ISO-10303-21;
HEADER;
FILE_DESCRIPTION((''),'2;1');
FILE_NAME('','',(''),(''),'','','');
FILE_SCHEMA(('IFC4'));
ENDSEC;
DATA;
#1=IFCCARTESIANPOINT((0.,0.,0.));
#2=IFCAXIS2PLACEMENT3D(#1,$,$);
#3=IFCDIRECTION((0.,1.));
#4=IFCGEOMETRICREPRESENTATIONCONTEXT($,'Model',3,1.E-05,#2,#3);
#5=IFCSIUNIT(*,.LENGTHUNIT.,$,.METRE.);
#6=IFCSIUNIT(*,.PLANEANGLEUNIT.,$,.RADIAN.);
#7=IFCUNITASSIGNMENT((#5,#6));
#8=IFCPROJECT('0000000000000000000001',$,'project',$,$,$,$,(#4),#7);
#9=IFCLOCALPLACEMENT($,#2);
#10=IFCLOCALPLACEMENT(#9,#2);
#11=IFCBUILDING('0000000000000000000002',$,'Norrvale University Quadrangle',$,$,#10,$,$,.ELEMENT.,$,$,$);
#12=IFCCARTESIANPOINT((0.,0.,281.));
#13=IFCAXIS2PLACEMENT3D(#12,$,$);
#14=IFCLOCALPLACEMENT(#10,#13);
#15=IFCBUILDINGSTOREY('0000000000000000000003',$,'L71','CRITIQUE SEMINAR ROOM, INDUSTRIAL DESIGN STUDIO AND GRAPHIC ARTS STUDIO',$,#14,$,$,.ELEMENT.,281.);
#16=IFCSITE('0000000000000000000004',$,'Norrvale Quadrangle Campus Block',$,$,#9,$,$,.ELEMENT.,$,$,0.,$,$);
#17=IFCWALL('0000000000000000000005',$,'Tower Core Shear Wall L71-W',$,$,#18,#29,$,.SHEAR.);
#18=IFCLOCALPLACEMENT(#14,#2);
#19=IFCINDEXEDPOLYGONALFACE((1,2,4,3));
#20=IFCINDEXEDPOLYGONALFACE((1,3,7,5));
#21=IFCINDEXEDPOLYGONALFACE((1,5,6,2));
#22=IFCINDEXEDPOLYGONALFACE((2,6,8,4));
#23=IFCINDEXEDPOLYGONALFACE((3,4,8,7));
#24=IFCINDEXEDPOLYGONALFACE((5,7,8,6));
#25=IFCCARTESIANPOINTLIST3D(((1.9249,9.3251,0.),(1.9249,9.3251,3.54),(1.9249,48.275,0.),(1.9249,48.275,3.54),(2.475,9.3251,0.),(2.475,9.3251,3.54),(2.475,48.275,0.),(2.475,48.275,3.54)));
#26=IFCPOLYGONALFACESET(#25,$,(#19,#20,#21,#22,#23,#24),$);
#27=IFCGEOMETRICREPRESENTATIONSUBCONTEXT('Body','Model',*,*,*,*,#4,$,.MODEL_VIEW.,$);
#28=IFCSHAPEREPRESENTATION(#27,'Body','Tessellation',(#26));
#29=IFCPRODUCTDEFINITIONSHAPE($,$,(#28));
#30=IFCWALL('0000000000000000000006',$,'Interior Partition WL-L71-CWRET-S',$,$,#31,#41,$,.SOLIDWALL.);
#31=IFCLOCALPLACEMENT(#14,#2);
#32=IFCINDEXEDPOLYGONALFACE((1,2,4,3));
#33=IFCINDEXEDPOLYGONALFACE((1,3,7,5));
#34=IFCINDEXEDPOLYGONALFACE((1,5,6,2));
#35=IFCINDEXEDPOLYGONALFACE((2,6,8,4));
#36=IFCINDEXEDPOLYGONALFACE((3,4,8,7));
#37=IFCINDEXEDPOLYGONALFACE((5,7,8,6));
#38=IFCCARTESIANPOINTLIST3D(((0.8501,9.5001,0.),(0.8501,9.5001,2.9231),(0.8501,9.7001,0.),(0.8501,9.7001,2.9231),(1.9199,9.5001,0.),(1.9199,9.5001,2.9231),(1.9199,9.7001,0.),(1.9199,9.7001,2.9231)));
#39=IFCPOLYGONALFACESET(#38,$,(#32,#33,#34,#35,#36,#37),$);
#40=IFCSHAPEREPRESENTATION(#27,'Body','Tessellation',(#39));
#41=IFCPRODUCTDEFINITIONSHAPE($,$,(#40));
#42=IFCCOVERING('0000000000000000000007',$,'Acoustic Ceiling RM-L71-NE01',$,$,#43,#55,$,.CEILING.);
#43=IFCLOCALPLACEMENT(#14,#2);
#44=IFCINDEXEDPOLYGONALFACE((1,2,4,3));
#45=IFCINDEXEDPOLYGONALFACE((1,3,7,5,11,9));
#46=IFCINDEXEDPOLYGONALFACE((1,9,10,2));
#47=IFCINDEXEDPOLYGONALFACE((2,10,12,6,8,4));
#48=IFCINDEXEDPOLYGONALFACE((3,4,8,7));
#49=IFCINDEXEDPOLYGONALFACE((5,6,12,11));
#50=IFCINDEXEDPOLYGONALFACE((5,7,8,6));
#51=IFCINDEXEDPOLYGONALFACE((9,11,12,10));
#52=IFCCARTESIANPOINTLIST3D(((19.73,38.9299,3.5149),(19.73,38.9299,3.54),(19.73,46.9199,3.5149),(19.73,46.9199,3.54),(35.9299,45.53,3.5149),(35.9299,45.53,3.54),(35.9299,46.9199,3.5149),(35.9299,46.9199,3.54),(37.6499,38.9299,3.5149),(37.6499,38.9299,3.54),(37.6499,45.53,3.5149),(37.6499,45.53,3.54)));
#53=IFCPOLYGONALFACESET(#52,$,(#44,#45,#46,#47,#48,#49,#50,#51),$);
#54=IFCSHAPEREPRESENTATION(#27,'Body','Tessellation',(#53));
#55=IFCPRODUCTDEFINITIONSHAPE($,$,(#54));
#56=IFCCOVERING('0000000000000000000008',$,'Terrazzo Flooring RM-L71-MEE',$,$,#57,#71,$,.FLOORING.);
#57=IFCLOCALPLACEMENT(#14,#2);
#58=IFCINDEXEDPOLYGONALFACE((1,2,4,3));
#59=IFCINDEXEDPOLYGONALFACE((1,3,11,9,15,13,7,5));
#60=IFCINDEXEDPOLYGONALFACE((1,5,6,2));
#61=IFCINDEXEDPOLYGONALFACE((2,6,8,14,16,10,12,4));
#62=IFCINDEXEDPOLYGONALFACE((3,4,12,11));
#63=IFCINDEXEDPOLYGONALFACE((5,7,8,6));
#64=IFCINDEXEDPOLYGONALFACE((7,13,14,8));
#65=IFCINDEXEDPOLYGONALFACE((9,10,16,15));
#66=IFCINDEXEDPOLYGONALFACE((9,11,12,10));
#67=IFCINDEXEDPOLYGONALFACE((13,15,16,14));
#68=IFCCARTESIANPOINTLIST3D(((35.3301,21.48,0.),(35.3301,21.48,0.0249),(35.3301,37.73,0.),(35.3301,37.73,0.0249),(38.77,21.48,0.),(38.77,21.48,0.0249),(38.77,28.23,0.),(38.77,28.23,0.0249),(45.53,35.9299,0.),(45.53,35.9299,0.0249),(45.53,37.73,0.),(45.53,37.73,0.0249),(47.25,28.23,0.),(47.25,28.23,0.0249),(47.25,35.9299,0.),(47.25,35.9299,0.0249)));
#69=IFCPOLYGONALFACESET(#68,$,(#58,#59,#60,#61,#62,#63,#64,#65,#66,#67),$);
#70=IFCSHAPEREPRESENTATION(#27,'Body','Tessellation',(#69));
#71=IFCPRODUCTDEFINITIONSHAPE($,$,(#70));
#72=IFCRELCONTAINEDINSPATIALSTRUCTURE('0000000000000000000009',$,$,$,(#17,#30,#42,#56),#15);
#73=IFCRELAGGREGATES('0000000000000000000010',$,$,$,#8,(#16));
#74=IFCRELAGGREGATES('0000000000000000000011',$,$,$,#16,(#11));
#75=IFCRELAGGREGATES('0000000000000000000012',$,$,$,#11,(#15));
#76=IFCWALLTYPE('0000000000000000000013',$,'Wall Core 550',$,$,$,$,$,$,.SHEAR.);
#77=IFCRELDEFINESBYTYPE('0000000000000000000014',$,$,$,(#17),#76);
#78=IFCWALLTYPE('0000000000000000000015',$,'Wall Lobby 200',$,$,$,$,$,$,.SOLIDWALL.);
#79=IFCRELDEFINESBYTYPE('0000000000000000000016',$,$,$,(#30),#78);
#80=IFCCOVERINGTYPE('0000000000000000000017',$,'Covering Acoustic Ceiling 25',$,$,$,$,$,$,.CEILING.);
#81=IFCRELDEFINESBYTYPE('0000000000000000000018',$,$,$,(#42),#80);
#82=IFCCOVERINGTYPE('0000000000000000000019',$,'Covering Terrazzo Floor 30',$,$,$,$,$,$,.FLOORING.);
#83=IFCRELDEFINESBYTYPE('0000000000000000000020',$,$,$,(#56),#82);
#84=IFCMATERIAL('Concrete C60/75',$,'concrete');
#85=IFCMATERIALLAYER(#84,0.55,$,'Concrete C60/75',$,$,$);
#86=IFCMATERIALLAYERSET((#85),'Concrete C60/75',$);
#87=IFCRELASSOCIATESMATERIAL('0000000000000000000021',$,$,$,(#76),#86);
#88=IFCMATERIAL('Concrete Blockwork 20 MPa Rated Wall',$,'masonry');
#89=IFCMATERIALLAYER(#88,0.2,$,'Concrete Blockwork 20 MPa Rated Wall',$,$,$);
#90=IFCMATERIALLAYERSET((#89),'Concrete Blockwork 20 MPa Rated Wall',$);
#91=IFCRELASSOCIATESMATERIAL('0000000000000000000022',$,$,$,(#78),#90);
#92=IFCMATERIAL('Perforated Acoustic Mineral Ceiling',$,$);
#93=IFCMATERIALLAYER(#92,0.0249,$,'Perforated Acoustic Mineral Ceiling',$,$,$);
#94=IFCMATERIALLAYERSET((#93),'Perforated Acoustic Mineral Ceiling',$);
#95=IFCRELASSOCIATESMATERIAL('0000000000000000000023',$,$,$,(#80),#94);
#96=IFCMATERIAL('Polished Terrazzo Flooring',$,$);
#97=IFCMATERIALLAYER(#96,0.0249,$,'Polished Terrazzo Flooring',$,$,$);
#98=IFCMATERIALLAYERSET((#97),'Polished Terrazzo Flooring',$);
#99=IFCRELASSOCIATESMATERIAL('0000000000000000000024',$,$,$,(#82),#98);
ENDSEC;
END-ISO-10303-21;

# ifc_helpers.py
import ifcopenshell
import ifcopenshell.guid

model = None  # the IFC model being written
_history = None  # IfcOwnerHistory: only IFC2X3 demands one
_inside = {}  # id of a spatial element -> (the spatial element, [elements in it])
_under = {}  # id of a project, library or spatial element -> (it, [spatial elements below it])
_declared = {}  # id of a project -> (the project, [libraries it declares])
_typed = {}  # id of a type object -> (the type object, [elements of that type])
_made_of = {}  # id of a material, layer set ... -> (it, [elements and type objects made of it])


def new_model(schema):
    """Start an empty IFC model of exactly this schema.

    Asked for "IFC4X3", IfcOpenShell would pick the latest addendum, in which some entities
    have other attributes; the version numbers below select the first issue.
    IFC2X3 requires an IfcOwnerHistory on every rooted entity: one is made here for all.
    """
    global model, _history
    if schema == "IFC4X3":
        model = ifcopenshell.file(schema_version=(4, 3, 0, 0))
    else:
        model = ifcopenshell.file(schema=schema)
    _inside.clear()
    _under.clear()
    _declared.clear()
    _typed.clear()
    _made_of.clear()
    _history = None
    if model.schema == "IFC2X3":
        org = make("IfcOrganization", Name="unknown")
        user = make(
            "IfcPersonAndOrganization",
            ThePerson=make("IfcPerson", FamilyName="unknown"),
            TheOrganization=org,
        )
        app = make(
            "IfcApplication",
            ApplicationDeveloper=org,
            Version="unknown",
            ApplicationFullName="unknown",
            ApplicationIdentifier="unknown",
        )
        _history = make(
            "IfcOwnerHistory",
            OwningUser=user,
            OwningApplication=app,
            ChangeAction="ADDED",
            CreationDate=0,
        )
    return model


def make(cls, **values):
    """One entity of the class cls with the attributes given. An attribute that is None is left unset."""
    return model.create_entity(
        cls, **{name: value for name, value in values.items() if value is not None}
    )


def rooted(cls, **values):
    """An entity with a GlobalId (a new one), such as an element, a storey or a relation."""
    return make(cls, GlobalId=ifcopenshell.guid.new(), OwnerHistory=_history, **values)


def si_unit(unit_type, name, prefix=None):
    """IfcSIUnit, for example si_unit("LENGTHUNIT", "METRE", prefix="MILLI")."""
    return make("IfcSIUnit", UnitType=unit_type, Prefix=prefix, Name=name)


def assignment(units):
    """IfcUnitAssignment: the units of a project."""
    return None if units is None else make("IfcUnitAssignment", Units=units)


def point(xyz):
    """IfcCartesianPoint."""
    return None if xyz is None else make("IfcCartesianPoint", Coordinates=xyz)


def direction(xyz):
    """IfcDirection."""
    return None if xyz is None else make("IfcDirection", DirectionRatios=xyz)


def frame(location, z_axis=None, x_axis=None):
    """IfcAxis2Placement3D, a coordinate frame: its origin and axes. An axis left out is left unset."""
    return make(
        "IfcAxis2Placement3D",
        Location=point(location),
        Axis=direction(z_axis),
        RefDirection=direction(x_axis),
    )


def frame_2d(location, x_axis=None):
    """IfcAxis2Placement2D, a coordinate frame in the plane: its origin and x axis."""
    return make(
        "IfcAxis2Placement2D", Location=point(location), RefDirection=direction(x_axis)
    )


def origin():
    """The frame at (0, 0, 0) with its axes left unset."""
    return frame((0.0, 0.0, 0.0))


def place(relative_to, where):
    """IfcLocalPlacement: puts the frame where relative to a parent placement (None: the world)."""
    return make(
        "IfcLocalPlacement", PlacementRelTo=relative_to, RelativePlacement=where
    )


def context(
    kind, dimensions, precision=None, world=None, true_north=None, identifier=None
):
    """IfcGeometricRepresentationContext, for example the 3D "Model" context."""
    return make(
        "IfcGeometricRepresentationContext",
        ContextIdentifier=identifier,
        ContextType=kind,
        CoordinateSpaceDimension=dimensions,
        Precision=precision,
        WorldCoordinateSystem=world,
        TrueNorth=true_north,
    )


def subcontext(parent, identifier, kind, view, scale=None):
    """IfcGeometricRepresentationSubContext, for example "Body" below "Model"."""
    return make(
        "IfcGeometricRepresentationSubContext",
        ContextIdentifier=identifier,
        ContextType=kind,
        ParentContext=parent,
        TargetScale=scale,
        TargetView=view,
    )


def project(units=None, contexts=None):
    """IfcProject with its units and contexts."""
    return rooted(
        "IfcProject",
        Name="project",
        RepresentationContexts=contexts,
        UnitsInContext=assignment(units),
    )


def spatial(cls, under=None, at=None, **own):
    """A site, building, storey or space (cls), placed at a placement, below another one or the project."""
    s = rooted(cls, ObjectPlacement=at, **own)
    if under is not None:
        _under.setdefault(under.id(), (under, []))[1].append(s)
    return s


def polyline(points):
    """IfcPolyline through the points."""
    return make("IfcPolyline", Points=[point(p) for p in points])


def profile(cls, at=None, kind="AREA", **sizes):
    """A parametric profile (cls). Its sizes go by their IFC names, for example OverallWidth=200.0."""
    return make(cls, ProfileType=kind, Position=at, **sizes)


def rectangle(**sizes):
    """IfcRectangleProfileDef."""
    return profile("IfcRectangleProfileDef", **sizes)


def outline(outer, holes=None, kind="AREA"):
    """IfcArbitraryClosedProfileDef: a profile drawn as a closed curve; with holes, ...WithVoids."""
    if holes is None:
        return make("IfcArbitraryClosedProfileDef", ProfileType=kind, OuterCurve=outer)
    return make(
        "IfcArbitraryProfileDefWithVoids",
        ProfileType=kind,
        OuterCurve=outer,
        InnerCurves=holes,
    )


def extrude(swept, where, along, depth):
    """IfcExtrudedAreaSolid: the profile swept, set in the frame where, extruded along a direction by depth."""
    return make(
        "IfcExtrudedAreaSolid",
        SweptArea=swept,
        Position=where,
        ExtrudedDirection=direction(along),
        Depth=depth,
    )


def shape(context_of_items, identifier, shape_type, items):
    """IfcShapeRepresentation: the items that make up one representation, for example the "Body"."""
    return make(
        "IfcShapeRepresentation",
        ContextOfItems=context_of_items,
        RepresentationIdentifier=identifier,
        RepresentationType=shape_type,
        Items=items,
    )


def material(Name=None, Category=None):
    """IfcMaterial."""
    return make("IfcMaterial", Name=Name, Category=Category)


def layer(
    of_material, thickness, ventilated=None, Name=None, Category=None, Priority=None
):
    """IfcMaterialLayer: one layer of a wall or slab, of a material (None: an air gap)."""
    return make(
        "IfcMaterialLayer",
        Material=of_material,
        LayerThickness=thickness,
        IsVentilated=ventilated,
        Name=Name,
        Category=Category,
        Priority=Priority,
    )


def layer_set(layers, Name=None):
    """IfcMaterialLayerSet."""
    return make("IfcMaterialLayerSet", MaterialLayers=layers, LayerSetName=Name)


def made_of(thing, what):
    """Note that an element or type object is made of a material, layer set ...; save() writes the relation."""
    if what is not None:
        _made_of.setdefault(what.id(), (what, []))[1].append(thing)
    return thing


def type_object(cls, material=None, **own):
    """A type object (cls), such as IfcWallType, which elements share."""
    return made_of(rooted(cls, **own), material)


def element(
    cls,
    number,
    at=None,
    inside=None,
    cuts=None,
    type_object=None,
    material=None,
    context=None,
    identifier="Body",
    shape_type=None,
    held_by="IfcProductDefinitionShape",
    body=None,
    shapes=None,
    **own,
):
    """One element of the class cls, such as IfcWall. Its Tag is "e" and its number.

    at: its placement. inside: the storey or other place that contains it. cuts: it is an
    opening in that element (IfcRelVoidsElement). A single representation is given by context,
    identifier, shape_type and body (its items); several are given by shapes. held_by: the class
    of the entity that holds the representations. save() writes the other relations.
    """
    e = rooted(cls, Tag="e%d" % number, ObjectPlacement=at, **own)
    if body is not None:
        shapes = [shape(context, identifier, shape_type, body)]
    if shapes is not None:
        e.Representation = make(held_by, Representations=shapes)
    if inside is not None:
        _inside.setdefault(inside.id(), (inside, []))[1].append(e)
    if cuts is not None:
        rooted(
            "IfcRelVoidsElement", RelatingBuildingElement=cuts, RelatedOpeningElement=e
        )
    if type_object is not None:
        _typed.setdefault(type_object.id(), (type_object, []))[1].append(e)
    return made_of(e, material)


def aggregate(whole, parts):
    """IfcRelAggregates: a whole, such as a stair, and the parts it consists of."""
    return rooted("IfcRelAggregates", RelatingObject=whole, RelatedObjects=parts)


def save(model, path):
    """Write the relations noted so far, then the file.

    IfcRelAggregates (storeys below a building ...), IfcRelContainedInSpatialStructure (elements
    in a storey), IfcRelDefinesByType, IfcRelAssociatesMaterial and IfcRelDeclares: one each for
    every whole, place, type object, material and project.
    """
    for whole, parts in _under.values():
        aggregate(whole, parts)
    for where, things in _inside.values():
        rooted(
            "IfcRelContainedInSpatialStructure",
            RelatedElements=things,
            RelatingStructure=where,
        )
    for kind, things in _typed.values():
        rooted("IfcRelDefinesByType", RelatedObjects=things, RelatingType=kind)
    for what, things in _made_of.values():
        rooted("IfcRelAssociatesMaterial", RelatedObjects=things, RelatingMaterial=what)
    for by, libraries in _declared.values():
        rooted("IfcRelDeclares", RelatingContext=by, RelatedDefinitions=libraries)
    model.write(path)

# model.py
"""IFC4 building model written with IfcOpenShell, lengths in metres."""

from ifc_helpers import new_model, si_unit, direction, frame, frame_2d, origin, place, context, subcontext, project, spatial, polyline, rectangle, outline, extrude, material, layer, layer_set, type_object, element, save


model = new_model("IFC4")

# Units and contexts
model_context = context("Model", 3, precision=1e-05, world=origin(), true_north=direction((0.0, 1.0)))
body_context = subcontext(model_context, "Body", "Model", "MODEL_VIEW")
ifc_project = project(units=[si_unit("LENGTHUNIT", "METRE"), si_unit("PLANEANGLEUNIT", "RADIAN")], contexts=[model_context])

# Site, building, storey
site_placement = place(None, origin())
site = spatial("IfcSite", under=ifc_project, at=site_placement, Name="Norrvale Quadrangle Campus Block", CompositionType="ELEMENT", RefElevation=0.0)
building_placement = place(site_placement, origin())
building = spatial("IfcBuilding", under=site, at=building_placement, Name="Norrvale University Quadrangle", CompositionType="ELEMENT")
storey_placement = place(building_placement, frame((0.0, 0.0, 281.0)))
storey = spatial("IfcBuildingStorey", under=building, at=storey_placement, Name="L71", Description="CRITIQUE SEMINAR ROOM, INDUSTRIAL DESIGN STUDIO AND GRAPHIC ARTS STUDIO", CompositionType="ELEMENT", Elevation=281.0)

# Shared definitions
ifc_material_1 = material(Name="Concrete C60/75", Category="concrete")

# Walls
ifc_layer_1 = layer(ifc_material_1, 0.55, Name="Concrete C60/75")
ifc_layer_set_1 = layer_set([ifc_layer_1], Name="Concrete C60/75")
wall_type_1 = type_object("IfcWallType", Name="Wall Core 550", PredefinedType="SHEAR", material=ifc_layer_set_1)
wall_1_placement = place(storey_placement, frame((2.2, 9.325, 0.0), z_axis=(0.0, 0.0, 1.0), x_axis=(0.0, 1.0, 0.0)))
element("IfcWall", 1, at=wall_1_placement, inside=storey, type_object=wall_type_1, Name="Tower Core Shear Wall L71-W", PredefinedType="SHEAR", context=body_context, shape_type="SweptSolid", body=[
    extrude(rectangle(XDim=38.95, YDim=0.55, at=frame_2d((19.4751, 0.0))), origin(), (0.0, 0.0, 1.0), 3.54),
])
ifc_material_2 = material(Name="Concrete Blockwork 20 MPa Rated Wall", Category="masonry")
ifc_layer_2 = layer(ifc_material_2, 0.2, Name="Concrete Blockwork 20 MPa Rated Wall")
ifc_layer_set_2 = layer_set([ifc_layer_2], Name="Concrete Blockwork 20 MPa Rated Wall")
wall_type_2 = type_object("IfcWallType", Name="Wall Lobby 200", PredefinedType="SOLIDWALL", material=ifc_layer_set_2)
wall_2_placement = place(storey_placement, frame((0.8501, 9.6001, 0.0), z_axis=(0.0, 0.0, 1.0), x_axis=(1.0, 0.0, 0.0)))
element("IfcWall", 2, at=wall_2_placement, inside=storey, type_object=wall_type_2, Name="Interior Partition WL-L71-CWRET-S", PredefinedType="SOLIDWALL", context=body_context, shape_type="SweptSolid", body=[
    extrude(rectangle(XDim=1.0698, YDim=0.2, at=frame_2d((0.5349, 0.0))), origin(), (0.0, 0.0, 1.0), 2.9231),
])

# Coverings
ifc_material_3 = material(Name="Perforated Acoustic Mineral Ceiling")
ifc_layer_3 = layer(ifc_material_3, 0.0249, Name="Perforated Acoustic Mineral Ceiling")
ifc_layer_set_3 = layer_set([ifc_layer_3], Name="Perforated Acoustic Mineral Ceiling")
covering_type_1 = type_object("IfcCoveringType", Name="Covering Acoustic Ceiling 25", PredefinedType="CEILING", material=ifc_layer_set_3)
covering_1_placement = place(storey_placement, frame((0.0, 0.0, 3.5149)))
element("IfcCovering", 3, at=covering_1_placement, inside=storey, type_object=covering_type_1, Name="Acoustic Ceiling RM-L71-NE01", PredefinedType="CEILING", context=body_context, shape_type="SweptSolid", body=[
    extrude(outline(polyline([(37.6499, 38.9299), (19.73, 38.9299), (19.73, 46.9199), (35.9299, 46.9199), (35.9299, 45.53), (37.6499, 45.53), (37.6499, 38.9299)])), origin(), (0.0, 0.0, 1.0), 0.0251),
])
ifc_material_4 = material(Name="Polished Terrazzo Flooring")
ifc_layer_4 = layer(ifc_material_4, 0.0249, Name="Polished Terrazzo Flooring")
ifc_layer_set_4 = layer_set([ifc_layer_4], Name="Polished Terrazzo Flooring")
covering_type_2 = type_object("IfcCoveringType", Name="Covering Terrazzo Floor 30", PredefinedType="FLOORING", material=ifc_layer_set_4)
covering_2_placement = place(storey_placement, origin())
element("IfcCovering", 4, at=covering_2_placement, inside=storey, type_object=covering_type_2, Name="Terrazzo Flooring RM-L71-MEE", PredefinedType="FLOORING", context=body_context, shape_type="SweptSolid", body=[
    extrude(outline(polyline([(35.3301, 21.48), (35.3301, 37.73), (45.53, 37.73), (45.53, 35.9299), (47.25, 35.9299), (47.25, 28.23), (38.77, 28.23), (38.77, 21.48), (35.3301, 21.48)])), origin(), (0.0, 0.0, 1.0), 0.0249),
])

save(model, "model.ifc")
